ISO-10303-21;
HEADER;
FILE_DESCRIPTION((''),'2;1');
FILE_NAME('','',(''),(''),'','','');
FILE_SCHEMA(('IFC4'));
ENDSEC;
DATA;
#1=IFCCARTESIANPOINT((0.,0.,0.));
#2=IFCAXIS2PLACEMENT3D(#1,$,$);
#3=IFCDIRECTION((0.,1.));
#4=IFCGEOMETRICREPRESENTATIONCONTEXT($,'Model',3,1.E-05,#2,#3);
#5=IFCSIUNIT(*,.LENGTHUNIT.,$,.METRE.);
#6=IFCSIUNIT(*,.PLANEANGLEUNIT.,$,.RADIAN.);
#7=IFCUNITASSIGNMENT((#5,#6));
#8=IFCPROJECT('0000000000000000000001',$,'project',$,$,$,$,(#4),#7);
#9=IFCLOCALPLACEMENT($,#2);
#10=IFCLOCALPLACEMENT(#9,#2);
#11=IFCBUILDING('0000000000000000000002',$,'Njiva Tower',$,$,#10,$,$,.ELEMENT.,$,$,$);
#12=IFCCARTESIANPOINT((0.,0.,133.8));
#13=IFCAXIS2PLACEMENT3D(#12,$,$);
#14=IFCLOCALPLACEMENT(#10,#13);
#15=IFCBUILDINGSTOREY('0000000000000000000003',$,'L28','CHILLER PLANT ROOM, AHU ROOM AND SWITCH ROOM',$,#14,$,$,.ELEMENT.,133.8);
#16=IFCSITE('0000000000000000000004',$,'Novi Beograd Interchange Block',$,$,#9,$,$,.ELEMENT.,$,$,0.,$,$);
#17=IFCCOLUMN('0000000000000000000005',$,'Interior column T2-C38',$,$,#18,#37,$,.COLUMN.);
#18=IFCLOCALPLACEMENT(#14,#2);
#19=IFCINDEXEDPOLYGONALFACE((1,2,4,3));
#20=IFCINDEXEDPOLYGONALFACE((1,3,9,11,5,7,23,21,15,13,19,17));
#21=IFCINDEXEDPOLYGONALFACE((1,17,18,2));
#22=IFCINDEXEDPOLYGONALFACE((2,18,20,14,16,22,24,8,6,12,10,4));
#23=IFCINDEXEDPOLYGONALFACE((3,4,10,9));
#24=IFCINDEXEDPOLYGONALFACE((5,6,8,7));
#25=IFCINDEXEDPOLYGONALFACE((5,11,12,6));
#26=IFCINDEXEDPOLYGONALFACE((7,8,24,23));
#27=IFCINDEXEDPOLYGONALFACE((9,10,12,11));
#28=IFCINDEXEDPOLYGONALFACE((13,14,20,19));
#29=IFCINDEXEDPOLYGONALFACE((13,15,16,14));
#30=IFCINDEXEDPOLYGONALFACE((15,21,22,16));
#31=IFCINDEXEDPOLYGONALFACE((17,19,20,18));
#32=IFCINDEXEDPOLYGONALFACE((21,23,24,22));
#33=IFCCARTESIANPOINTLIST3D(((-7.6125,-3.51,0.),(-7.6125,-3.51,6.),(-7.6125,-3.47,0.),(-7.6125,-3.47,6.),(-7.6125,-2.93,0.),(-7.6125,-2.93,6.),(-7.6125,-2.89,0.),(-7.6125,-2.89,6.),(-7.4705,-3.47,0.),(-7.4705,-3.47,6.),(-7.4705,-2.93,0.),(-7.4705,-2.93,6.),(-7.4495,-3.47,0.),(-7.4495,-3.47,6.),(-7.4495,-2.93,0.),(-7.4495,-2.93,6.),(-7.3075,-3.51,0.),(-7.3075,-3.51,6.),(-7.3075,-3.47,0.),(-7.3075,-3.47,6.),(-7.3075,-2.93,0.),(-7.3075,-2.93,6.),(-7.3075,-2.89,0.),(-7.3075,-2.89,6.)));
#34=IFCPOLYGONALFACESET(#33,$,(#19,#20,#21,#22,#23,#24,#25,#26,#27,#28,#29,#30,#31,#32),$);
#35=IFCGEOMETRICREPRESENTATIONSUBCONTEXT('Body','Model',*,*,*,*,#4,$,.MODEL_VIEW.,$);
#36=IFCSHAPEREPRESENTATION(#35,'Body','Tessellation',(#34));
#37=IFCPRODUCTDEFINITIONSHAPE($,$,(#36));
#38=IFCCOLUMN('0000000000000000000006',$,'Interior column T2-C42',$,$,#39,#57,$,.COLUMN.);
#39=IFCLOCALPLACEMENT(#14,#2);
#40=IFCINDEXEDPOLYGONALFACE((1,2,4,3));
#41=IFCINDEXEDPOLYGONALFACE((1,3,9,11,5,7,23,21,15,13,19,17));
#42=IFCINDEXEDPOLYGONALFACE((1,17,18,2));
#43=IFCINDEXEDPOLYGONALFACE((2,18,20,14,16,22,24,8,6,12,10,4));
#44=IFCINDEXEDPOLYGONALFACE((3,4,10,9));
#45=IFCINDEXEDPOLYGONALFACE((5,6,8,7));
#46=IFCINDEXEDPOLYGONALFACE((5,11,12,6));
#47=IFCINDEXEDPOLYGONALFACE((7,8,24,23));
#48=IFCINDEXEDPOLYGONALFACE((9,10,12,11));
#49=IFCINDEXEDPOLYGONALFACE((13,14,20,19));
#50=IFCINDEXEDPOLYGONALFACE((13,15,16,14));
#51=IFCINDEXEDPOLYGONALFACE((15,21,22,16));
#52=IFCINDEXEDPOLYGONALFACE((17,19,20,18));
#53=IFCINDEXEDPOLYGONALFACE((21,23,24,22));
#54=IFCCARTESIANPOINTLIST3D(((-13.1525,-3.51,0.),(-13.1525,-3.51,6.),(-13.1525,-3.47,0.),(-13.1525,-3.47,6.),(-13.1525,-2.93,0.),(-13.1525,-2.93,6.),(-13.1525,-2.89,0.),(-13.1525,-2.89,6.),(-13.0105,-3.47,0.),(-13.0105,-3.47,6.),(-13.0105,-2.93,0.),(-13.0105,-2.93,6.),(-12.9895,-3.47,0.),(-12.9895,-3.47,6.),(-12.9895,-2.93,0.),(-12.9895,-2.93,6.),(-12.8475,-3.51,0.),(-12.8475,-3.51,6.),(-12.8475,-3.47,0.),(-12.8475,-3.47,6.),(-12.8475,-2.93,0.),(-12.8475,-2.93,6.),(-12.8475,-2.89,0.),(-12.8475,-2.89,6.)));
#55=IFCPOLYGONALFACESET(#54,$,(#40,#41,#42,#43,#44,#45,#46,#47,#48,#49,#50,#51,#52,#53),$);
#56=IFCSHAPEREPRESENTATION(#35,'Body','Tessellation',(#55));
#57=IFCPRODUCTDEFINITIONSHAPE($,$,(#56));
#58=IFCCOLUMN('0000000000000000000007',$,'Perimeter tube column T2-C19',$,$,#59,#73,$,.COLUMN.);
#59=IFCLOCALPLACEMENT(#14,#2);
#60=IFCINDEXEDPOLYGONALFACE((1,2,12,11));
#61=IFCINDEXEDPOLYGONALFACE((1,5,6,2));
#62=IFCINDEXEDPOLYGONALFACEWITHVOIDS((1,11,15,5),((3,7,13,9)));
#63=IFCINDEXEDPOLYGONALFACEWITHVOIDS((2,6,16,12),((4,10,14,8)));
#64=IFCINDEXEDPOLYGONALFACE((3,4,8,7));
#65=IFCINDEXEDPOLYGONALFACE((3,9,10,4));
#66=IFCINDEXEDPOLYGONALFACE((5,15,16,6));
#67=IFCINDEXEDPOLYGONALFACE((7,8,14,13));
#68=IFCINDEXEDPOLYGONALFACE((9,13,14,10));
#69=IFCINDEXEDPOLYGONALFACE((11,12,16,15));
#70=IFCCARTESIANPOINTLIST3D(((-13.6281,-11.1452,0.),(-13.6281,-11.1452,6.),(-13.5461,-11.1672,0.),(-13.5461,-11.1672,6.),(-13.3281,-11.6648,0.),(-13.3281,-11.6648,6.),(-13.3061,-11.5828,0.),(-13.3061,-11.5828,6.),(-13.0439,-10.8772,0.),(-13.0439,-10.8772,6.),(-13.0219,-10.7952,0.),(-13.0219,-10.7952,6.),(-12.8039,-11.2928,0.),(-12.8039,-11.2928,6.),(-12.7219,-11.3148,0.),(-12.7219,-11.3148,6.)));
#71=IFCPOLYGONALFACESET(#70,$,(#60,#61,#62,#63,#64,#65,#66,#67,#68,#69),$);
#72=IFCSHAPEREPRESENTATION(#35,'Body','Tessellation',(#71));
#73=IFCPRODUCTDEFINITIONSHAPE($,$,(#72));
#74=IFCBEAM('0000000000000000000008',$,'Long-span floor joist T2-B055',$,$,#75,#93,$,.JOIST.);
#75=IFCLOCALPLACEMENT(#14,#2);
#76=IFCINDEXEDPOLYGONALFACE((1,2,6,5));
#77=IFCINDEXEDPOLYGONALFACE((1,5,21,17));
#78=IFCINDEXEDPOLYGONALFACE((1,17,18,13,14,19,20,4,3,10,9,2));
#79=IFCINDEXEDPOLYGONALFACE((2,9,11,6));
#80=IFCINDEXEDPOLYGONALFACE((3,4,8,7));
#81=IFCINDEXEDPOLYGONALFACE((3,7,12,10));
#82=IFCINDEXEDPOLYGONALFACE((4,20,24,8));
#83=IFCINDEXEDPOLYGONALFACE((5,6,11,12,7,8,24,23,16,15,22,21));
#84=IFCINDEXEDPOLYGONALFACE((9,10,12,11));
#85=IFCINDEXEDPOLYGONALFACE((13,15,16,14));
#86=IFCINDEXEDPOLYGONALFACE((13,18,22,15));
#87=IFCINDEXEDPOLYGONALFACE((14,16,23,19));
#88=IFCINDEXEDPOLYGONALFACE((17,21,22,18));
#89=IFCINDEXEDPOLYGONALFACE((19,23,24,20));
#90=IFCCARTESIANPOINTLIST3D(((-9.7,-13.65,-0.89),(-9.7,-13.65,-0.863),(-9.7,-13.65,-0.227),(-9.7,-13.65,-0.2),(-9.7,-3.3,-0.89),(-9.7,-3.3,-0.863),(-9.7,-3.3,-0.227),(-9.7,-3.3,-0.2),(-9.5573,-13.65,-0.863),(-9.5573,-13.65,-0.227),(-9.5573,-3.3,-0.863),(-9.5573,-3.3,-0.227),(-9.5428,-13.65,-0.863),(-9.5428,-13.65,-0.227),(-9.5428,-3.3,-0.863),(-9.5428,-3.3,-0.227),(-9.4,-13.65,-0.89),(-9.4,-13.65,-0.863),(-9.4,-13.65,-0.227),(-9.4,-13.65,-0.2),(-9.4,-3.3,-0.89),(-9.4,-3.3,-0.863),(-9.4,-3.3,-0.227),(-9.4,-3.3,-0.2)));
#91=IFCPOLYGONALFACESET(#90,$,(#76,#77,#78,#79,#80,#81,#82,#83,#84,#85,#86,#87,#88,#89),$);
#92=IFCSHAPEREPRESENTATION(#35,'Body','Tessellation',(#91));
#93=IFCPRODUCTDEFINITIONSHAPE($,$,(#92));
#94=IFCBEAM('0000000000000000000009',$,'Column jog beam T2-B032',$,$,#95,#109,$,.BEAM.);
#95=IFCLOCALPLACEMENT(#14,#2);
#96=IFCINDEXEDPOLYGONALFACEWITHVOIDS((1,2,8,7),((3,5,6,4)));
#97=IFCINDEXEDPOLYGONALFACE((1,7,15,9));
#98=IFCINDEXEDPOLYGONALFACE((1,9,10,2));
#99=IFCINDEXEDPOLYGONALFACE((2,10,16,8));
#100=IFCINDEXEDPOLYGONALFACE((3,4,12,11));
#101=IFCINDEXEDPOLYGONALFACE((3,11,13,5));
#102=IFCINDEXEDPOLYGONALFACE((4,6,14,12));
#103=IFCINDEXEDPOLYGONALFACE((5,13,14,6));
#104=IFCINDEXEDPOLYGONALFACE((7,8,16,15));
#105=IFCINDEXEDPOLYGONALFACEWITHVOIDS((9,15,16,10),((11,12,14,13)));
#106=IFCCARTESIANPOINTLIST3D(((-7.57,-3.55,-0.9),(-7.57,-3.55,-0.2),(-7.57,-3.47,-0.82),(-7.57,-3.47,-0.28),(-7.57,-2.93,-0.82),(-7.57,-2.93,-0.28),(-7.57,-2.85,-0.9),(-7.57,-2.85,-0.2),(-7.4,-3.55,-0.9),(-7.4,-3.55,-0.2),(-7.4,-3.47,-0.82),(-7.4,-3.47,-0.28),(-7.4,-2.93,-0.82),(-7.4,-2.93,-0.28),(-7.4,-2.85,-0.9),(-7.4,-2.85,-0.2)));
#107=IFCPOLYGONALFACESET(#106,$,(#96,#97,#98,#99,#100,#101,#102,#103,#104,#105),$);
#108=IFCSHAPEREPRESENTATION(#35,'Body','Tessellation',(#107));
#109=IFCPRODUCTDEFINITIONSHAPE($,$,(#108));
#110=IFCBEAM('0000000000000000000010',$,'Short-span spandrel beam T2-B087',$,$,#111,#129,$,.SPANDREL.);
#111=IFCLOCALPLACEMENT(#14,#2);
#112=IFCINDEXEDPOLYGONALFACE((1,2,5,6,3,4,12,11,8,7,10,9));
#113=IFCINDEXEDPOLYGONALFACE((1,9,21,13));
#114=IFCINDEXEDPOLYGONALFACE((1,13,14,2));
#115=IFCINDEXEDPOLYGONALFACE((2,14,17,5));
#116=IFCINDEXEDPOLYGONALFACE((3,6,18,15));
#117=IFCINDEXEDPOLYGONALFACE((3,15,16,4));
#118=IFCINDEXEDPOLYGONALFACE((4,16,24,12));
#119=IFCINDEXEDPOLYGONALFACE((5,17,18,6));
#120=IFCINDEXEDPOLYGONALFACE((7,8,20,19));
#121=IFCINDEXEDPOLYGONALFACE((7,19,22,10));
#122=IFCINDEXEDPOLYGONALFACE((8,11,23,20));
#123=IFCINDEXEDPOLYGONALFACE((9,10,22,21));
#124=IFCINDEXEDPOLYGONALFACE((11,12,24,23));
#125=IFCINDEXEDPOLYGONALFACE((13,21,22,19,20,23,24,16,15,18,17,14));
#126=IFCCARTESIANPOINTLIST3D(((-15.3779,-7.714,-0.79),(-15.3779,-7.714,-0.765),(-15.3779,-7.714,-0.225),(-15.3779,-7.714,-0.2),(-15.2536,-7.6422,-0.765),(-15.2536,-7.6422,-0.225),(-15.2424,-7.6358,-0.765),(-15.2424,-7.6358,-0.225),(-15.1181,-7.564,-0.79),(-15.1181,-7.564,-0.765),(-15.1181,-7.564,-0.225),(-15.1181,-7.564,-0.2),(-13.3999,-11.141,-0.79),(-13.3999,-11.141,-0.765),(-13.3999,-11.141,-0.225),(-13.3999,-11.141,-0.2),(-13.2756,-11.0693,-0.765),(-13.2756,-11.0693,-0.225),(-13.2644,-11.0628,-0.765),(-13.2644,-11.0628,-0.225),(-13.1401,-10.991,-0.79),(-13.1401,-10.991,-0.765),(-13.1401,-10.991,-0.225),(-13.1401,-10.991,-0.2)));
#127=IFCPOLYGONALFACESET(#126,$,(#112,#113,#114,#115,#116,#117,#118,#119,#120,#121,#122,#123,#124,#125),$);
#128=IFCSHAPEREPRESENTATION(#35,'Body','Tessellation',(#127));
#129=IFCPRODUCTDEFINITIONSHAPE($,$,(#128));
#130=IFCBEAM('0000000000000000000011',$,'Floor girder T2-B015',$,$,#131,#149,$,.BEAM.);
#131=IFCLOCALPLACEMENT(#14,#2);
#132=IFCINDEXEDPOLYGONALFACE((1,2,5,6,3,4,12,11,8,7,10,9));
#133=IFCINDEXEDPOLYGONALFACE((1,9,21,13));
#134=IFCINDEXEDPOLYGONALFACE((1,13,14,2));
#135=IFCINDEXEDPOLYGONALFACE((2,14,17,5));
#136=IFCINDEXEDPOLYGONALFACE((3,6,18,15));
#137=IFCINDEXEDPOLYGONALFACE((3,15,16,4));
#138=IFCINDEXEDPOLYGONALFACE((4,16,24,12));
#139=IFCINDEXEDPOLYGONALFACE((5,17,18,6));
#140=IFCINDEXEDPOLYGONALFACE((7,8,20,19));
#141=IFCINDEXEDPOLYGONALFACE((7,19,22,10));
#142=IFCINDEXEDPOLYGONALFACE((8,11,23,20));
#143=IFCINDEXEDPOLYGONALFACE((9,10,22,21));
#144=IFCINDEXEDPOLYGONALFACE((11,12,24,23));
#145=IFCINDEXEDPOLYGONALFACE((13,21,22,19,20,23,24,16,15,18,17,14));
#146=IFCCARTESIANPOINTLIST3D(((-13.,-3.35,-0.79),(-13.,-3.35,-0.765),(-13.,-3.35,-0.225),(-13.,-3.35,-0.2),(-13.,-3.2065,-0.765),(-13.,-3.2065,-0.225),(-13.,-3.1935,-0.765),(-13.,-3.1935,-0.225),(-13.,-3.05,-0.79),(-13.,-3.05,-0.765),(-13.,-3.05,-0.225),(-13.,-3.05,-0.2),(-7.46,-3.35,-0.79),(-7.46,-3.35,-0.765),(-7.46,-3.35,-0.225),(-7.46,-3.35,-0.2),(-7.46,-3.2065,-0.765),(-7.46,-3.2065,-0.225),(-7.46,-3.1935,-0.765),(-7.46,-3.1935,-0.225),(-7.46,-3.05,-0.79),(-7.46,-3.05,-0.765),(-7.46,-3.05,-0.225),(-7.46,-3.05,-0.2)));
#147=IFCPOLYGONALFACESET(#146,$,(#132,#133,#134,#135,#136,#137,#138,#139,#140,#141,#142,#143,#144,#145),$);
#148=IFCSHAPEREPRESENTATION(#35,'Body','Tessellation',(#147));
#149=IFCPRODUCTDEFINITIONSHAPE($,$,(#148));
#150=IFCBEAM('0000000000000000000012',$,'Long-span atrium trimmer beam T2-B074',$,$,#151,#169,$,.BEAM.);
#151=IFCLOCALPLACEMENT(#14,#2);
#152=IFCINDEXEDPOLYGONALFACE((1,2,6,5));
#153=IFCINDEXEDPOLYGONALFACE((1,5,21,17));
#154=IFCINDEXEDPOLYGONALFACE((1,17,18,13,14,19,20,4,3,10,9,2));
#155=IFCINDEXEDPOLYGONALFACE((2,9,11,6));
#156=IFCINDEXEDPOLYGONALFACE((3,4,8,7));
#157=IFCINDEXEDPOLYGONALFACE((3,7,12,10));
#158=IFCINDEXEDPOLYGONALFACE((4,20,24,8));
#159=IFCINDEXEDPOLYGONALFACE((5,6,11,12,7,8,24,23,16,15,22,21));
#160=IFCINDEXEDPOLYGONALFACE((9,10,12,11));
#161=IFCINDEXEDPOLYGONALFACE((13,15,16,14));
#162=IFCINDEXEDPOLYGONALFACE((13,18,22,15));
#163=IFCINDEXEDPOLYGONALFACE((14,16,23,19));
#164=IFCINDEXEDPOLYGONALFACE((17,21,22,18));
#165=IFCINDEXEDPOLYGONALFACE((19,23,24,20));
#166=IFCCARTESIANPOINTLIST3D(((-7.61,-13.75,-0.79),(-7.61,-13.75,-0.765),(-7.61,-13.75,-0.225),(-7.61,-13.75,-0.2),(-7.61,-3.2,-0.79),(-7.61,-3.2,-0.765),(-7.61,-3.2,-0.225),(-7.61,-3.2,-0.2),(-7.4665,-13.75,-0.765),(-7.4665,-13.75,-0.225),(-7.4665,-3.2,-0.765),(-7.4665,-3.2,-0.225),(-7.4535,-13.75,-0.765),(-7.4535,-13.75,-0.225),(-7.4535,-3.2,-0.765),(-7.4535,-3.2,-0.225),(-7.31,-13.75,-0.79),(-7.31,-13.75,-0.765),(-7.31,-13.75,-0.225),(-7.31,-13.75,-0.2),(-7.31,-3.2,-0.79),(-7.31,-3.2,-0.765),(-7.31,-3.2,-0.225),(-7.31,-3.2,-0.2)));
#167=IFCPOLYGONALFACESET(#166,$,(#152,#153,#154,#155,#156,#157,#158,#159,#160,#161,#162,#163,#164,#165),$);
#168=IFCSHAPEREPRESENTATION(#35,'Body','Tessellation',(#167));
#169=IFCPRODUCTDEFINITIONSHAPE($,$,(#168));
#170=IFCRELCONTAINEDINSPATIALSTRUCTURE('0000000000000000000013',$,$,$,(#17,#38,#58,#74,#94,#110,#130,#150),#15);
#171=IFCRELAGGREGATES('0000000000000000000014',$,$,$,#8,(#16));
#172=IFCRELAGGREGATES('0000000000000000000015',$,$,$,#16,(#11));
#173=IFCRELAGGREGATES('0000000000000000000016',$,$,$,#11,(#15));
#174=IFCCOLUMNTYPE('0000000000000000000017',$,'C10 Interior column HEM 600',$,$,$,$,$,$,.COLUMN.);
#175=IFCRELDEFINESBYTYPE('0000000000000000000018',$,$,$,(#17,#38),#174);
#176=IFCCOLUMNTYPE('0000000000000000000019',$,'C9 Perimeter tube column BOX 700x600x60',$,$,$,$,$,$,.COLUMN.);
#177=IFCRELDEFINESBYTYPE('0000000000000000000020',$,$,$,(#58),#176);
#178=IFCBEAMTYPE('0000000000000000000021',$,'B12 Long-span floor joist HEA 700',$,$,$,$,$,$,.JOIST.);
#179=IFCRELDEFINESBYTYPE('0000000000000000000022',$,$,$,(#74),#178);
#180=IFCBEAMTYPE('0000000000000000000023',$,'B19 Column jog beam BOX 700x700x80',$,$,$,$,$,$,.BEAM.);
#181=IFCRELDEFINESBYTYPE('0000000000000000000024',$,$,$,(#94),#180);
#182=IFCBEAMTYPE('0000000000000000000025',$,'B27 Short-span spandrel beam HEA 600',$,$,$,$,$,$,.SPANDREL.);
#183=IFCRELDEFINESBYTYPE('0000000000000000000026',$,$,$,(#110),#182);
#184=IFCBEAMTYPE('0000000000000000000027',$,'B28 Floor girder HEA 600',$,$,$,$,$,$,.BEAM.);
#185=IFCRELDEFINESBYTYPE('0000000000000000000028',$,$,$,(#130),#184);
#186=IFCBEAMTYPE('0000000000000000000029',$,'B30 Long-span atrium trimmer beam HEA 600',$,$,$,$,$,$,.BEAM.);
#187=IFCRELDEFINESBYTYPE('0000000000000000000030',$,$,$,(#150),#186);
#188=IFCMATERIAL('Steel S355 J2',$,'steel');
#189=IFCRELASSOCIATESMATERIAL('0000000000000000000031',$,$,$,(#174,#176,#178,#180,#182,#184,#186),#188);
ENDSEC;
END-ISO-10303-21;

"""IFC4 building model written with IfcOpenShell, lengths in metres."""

from ifc_helpers import new_model, si_unit, direction, frame, origin, origin_2d, place, context, subcontext, project, spatial, hollow_rectangle, i_section, extrude, material, material_profile, profile_set, type_object, element, save


model = new_model("IFC4")

# Units and contexts
model_context = context("Model", 3, precision=1e-05, world=origin(), true_north=direction((0.0, 1.0)))
body_context = subcontext(model_context, "Body", "Model", "MODEL_VIEW")
ifc_project = project(units=[si_unit("LENGTHUNIT", "METRE"), si_unit("PLANEANGLEUNIT", "RADIAN")], contexts=[model_context])

# Site, building, storey
site_placement = place(None, origin())
site = spatial("IfcSite", under=ifc_project, at=site_placement, Name="Novi Beograd Interchange Block", CompositionType="ELEMENT", RefElevation=0.0)
building_placement = place(site_placement, origin())
building = spatial("IfcBuilding", under=site, at=building_placement, Name="Njiva Tower", CompositionType="ELEMENT")
storey_placement = place(building_placement, frame((0.0, 0.0, 133.8)))
storey = spatial("IfcBuildingStorey", under=building, at=storey_placement, Name="L28", Description="CHILLER PLANT ROOM, AHU ROOM AND SWITCH ROOM", CompositionType="ELEMENT", Elevation=133.8)

# Columns
ifc_material_1 = material(Name="Steel S355 J2", Category="steel")
ifc_material_profile_1 = material_profile(ifc_material_1, i_section(OverallWidth=0.305, OverallDepth=0.62, WebThickness=0.021, FlangeThickness=0.04, at=origin_2d()), Name="HEM 600")
ifc_profile_set_1 = profile_set([ifc_material_profile_1], Name="Steel S355 J2")
column_type_1 = type_object("IfcColumnType", Name="C10 Interior column HEM 600", PredefinedType="COLUMN", material=ifc_profile_set_1)
for number, where, z_axis, x_axis, name in (
    (1, (-7.46, -3.2, 0.0), (0.0, 0.0, 1.0), (1.0, 0.0, 0.0), "Interior column T2-C38"),
    (2, (-13.0, -3.2, 0.0), (0.0, 0.0, 1.0), (1.0, 0.0, 0.0), "Interior column T2-C42"),
):
    element("IfcColumn", number, at=place(storey_placement, frame(where, z_axis=z_axis, x_axis=x_axis)), inside=storey, type_object=column_type_1, Name=name, PredefinedType="COLUMN", context=body_context, shape_type="SweptSolid", body=[
        extrude(i_section(OverallWidth=0.305, OverallDepth=0.62, WebThickness=0.021, FlangeThickness=0.04, at=origin_2d()), origin(), (0.0, 0.0, 1.0), 6.0),
    ])
ifc_material_profile_2 = material_profile(ifc_material_1, hollow_rectangle(XDim=0.6, YDim=0.7, WallThickness=0.06, at=origin_2d()), Name="BOX 700x600x60")
ifc_profile_set_2 = profile_set([ifc_material_profile_2], Name="Steel S355 J2")
column_type_2 = type_object("IfcColumnType", Name="C9 Perimeter tube column BOX 700x600x60", PredefinedType="COLUMN", material=ifc_profile_set_2)
column_placement = place(storey_placement, frame((-13.175, -11.23, 0.0), z_axis=(0.0, 0.0, 1.0), x_axis=(0.5, -0.866025, 0.0)))
element("IfcColumn", 3, at=column_placement, inside=storey, type_object=column_type_2, Name="Perimeter tube column T2-C19", PredefinedType="COLUMN", context=body_context, shape_type="SweptSolid", body=[
    extrude(hollow_rectangle(XDim=0.6, YDim=0.7, WallThickness=0.06, at=origin_2d()), origin(), (0.0, 0.0, 1.0), 6.0),
])

# Beams
ifc_material_profile_3 = material_profile(ifc_material_1, i_section(OverallWidth=0.3, OverallDepth=0.69, WebThickness=0.0145, FlangeThickness=0.027, at=origin_2d()), Name="HEA 700")
ifc_profile_set_3 = profile_set([ifc_material_profile_3], Name="Steel S355 J2")
beam_type_1 = type_object("IfcBeamType", Name="B12 Long-span floor joist HEA 700", PredefinedType="JOIST", material=ifc_profile_set_3)
beam_1_placement = place(storey_placement, frame((-9.55, -3.3, -0.545), z_axis=(0.0, -1.0, 0.0), x_axis=(1.0, 0.0, 0.0)))
element("IfcBeam", 4, at=beam_1_placement, inside=storey, type_object=beam_type_1, Name="Long-span floor joist T2-B055", PredefinedType="JOIST", context=body_context, shape_type="SweptSolid", body=[
    extrude(i_section(OverallWidth=0.3, OverallDepth=0.69, WebThickness=0.0145, FlangeThickness=0.027, at=origin_2d()), origin(), (0.0, 0.0, 1.0), 10.35),
])
ifc_material_profile_4 = material_profile(ifc_material_1, hollow_rectangle(XDim=0.7, YDim=0.7, WallThickness=0.08, at=origin_2d()), Name="BOX 700x700x80")
ifc_profile_set_4 = profile_set([ifc_material_profile_4], Name="Steel S355 J2")
beam_type_2 = type_object("IfcBeamType", Name="B19 Column jog beam BOX 700x700x80", PredefinedType="BEAM", material=ifc_profile_set_4)
beam_2_placement = place(storey_placement, frame((-7.57, -3.2, -0.55), z_axis=(1.0, 0.0, 0.0), x_axis=(0.0, 1.0, 0.0)))
element("IfcBeam", 5, at=beam_2_placement, inside=storey, type_object=beam_type_2, Name="Column jog beam T2-B032", PredefinedType="BEAM", context=body_context, shape_type="SweptSolid", body=[
    extrude(hollow_rectangle(XDim=0.7, YDim=0.7, WallThickness=0.08, at=origin_2d()), origin(), (0.0, 0.0, 1.0), 0.17),
])
ifc_material_profile_5 = material_profile(ifc_material_1, i_section(OverallWidth=0.3, OverallDepth=0.59, WebThickness=0.013, FlangeThickness=0.025, at=origin_2d()), Name="HEA 600")
ifc_profile_set_5 = profile_set([ifc_material_profile_5], Name="Steel S355 J2")
beam_type_3 = type_object("IfcBeamType", Name="B27 Short-span spandrel beam HEA 600", PredefinedType="SPANDREL", material=ifc_profile_set_5)
beam_3_placement = place(storey_placement, frame((-15.248, -7.639, -0.495), z_axis=(0.49989, -0.866089, 0.0), x_axis=(0.866089, 0.49989, 0.0)))
element("IfcBeam", 6, at=beam_3_placement, inside=storey, type_object=beam_type_3, Name="Short-span spandrel beam T2-B087", PredefinedType="SPANDREL", context=body_context, shape_type="SweptSolid", body=[
    extrude(i_section(OverallWidth=0.3, OverallDepth=0.59, WebThickness=0.013, FlangeThickness=0.025, at=origin_2d()), origin(), (0.0, 0.0, 1.0), 3.9569),
])
ifc_material_profile_6 = material_profile(ifc_material_1, i_section(OverallWidth=0.3, OverallDepth=0.59, WebThickness=0.013, FlangeThickness=0.025, at=origin_2d()), Name="HEA 600")
ifc_profile_set_6 = profile_set([ifc_material_profile_6], Name="Steel S355 J2")
beam_type_4 = type_object("IfcBeamType", Name="B28 Floor girder HEA 600", PredefinedType="BEAM", material=ifc_profile_set_6)
beam_4_placement = place(storey_placement, frame((-13.0, -3.2, -0.495), z_axis=(1.0, 0.0, 0.0), x_axis=(0.0, 1.0, 0.0)))
element("IfcBeam", 7, at=beam_4_placement, inside=storey, type_object=beam_type_4, Name="Floor girder T2-B015", PredefinedType="BEAM", context=body_context, shape_type="SweptSolid", body=[
    extrude(i_section(OverallWidth=0.3, OverallDepth=0.59, WebThickness=0.013, FlangeThickness=0.025, at=origin_2d()), origin(), (0.0, 0.0, 1.0), 5.54),
])
ifc_material_profile_7 = material_profile(ifc_material_1, i_section(OverallWidth=0.3, OverallDepth=0.59, WebThickness=0.013, FlangeThickness=0.025, at=origin_2d()), Name="HEA 600")
ifc_profile_set_7 = profile_set([ifc_material_profile_7], Name="Steel S355 J2")
beam_type_5 = type_object("IfcBeamType", Name="B30 Long-span atrium trimmer beam HEA 600", PredefinedType="BEAM", material=ifc_profile_set_7)
beam_5_placement = place(storey_placement, frame((-7.46, -3.2, -0.495), z_axis=(0.0, -1.0, 0.0), x_axis=(1.0, 0.0, 0.0)))
element("IfcBeam", 8, at=beam_5_placement, inside=storey, type_object=beam_type_5, Name="Long-span atrium trimmer beam T2-B074", PredefinedType="BEAM", context=body_context, shape_type="SweptSolid", body=[
    extrude(i_section(OverallWidth=0.3, OverallDepth=0.59, WebThickness=0.013, FlangeThickness=0.025, at=origin_2d()), origin(), (0.0, 0.0, 1.0), 10.55),
])

save(model, "model.ifc")
